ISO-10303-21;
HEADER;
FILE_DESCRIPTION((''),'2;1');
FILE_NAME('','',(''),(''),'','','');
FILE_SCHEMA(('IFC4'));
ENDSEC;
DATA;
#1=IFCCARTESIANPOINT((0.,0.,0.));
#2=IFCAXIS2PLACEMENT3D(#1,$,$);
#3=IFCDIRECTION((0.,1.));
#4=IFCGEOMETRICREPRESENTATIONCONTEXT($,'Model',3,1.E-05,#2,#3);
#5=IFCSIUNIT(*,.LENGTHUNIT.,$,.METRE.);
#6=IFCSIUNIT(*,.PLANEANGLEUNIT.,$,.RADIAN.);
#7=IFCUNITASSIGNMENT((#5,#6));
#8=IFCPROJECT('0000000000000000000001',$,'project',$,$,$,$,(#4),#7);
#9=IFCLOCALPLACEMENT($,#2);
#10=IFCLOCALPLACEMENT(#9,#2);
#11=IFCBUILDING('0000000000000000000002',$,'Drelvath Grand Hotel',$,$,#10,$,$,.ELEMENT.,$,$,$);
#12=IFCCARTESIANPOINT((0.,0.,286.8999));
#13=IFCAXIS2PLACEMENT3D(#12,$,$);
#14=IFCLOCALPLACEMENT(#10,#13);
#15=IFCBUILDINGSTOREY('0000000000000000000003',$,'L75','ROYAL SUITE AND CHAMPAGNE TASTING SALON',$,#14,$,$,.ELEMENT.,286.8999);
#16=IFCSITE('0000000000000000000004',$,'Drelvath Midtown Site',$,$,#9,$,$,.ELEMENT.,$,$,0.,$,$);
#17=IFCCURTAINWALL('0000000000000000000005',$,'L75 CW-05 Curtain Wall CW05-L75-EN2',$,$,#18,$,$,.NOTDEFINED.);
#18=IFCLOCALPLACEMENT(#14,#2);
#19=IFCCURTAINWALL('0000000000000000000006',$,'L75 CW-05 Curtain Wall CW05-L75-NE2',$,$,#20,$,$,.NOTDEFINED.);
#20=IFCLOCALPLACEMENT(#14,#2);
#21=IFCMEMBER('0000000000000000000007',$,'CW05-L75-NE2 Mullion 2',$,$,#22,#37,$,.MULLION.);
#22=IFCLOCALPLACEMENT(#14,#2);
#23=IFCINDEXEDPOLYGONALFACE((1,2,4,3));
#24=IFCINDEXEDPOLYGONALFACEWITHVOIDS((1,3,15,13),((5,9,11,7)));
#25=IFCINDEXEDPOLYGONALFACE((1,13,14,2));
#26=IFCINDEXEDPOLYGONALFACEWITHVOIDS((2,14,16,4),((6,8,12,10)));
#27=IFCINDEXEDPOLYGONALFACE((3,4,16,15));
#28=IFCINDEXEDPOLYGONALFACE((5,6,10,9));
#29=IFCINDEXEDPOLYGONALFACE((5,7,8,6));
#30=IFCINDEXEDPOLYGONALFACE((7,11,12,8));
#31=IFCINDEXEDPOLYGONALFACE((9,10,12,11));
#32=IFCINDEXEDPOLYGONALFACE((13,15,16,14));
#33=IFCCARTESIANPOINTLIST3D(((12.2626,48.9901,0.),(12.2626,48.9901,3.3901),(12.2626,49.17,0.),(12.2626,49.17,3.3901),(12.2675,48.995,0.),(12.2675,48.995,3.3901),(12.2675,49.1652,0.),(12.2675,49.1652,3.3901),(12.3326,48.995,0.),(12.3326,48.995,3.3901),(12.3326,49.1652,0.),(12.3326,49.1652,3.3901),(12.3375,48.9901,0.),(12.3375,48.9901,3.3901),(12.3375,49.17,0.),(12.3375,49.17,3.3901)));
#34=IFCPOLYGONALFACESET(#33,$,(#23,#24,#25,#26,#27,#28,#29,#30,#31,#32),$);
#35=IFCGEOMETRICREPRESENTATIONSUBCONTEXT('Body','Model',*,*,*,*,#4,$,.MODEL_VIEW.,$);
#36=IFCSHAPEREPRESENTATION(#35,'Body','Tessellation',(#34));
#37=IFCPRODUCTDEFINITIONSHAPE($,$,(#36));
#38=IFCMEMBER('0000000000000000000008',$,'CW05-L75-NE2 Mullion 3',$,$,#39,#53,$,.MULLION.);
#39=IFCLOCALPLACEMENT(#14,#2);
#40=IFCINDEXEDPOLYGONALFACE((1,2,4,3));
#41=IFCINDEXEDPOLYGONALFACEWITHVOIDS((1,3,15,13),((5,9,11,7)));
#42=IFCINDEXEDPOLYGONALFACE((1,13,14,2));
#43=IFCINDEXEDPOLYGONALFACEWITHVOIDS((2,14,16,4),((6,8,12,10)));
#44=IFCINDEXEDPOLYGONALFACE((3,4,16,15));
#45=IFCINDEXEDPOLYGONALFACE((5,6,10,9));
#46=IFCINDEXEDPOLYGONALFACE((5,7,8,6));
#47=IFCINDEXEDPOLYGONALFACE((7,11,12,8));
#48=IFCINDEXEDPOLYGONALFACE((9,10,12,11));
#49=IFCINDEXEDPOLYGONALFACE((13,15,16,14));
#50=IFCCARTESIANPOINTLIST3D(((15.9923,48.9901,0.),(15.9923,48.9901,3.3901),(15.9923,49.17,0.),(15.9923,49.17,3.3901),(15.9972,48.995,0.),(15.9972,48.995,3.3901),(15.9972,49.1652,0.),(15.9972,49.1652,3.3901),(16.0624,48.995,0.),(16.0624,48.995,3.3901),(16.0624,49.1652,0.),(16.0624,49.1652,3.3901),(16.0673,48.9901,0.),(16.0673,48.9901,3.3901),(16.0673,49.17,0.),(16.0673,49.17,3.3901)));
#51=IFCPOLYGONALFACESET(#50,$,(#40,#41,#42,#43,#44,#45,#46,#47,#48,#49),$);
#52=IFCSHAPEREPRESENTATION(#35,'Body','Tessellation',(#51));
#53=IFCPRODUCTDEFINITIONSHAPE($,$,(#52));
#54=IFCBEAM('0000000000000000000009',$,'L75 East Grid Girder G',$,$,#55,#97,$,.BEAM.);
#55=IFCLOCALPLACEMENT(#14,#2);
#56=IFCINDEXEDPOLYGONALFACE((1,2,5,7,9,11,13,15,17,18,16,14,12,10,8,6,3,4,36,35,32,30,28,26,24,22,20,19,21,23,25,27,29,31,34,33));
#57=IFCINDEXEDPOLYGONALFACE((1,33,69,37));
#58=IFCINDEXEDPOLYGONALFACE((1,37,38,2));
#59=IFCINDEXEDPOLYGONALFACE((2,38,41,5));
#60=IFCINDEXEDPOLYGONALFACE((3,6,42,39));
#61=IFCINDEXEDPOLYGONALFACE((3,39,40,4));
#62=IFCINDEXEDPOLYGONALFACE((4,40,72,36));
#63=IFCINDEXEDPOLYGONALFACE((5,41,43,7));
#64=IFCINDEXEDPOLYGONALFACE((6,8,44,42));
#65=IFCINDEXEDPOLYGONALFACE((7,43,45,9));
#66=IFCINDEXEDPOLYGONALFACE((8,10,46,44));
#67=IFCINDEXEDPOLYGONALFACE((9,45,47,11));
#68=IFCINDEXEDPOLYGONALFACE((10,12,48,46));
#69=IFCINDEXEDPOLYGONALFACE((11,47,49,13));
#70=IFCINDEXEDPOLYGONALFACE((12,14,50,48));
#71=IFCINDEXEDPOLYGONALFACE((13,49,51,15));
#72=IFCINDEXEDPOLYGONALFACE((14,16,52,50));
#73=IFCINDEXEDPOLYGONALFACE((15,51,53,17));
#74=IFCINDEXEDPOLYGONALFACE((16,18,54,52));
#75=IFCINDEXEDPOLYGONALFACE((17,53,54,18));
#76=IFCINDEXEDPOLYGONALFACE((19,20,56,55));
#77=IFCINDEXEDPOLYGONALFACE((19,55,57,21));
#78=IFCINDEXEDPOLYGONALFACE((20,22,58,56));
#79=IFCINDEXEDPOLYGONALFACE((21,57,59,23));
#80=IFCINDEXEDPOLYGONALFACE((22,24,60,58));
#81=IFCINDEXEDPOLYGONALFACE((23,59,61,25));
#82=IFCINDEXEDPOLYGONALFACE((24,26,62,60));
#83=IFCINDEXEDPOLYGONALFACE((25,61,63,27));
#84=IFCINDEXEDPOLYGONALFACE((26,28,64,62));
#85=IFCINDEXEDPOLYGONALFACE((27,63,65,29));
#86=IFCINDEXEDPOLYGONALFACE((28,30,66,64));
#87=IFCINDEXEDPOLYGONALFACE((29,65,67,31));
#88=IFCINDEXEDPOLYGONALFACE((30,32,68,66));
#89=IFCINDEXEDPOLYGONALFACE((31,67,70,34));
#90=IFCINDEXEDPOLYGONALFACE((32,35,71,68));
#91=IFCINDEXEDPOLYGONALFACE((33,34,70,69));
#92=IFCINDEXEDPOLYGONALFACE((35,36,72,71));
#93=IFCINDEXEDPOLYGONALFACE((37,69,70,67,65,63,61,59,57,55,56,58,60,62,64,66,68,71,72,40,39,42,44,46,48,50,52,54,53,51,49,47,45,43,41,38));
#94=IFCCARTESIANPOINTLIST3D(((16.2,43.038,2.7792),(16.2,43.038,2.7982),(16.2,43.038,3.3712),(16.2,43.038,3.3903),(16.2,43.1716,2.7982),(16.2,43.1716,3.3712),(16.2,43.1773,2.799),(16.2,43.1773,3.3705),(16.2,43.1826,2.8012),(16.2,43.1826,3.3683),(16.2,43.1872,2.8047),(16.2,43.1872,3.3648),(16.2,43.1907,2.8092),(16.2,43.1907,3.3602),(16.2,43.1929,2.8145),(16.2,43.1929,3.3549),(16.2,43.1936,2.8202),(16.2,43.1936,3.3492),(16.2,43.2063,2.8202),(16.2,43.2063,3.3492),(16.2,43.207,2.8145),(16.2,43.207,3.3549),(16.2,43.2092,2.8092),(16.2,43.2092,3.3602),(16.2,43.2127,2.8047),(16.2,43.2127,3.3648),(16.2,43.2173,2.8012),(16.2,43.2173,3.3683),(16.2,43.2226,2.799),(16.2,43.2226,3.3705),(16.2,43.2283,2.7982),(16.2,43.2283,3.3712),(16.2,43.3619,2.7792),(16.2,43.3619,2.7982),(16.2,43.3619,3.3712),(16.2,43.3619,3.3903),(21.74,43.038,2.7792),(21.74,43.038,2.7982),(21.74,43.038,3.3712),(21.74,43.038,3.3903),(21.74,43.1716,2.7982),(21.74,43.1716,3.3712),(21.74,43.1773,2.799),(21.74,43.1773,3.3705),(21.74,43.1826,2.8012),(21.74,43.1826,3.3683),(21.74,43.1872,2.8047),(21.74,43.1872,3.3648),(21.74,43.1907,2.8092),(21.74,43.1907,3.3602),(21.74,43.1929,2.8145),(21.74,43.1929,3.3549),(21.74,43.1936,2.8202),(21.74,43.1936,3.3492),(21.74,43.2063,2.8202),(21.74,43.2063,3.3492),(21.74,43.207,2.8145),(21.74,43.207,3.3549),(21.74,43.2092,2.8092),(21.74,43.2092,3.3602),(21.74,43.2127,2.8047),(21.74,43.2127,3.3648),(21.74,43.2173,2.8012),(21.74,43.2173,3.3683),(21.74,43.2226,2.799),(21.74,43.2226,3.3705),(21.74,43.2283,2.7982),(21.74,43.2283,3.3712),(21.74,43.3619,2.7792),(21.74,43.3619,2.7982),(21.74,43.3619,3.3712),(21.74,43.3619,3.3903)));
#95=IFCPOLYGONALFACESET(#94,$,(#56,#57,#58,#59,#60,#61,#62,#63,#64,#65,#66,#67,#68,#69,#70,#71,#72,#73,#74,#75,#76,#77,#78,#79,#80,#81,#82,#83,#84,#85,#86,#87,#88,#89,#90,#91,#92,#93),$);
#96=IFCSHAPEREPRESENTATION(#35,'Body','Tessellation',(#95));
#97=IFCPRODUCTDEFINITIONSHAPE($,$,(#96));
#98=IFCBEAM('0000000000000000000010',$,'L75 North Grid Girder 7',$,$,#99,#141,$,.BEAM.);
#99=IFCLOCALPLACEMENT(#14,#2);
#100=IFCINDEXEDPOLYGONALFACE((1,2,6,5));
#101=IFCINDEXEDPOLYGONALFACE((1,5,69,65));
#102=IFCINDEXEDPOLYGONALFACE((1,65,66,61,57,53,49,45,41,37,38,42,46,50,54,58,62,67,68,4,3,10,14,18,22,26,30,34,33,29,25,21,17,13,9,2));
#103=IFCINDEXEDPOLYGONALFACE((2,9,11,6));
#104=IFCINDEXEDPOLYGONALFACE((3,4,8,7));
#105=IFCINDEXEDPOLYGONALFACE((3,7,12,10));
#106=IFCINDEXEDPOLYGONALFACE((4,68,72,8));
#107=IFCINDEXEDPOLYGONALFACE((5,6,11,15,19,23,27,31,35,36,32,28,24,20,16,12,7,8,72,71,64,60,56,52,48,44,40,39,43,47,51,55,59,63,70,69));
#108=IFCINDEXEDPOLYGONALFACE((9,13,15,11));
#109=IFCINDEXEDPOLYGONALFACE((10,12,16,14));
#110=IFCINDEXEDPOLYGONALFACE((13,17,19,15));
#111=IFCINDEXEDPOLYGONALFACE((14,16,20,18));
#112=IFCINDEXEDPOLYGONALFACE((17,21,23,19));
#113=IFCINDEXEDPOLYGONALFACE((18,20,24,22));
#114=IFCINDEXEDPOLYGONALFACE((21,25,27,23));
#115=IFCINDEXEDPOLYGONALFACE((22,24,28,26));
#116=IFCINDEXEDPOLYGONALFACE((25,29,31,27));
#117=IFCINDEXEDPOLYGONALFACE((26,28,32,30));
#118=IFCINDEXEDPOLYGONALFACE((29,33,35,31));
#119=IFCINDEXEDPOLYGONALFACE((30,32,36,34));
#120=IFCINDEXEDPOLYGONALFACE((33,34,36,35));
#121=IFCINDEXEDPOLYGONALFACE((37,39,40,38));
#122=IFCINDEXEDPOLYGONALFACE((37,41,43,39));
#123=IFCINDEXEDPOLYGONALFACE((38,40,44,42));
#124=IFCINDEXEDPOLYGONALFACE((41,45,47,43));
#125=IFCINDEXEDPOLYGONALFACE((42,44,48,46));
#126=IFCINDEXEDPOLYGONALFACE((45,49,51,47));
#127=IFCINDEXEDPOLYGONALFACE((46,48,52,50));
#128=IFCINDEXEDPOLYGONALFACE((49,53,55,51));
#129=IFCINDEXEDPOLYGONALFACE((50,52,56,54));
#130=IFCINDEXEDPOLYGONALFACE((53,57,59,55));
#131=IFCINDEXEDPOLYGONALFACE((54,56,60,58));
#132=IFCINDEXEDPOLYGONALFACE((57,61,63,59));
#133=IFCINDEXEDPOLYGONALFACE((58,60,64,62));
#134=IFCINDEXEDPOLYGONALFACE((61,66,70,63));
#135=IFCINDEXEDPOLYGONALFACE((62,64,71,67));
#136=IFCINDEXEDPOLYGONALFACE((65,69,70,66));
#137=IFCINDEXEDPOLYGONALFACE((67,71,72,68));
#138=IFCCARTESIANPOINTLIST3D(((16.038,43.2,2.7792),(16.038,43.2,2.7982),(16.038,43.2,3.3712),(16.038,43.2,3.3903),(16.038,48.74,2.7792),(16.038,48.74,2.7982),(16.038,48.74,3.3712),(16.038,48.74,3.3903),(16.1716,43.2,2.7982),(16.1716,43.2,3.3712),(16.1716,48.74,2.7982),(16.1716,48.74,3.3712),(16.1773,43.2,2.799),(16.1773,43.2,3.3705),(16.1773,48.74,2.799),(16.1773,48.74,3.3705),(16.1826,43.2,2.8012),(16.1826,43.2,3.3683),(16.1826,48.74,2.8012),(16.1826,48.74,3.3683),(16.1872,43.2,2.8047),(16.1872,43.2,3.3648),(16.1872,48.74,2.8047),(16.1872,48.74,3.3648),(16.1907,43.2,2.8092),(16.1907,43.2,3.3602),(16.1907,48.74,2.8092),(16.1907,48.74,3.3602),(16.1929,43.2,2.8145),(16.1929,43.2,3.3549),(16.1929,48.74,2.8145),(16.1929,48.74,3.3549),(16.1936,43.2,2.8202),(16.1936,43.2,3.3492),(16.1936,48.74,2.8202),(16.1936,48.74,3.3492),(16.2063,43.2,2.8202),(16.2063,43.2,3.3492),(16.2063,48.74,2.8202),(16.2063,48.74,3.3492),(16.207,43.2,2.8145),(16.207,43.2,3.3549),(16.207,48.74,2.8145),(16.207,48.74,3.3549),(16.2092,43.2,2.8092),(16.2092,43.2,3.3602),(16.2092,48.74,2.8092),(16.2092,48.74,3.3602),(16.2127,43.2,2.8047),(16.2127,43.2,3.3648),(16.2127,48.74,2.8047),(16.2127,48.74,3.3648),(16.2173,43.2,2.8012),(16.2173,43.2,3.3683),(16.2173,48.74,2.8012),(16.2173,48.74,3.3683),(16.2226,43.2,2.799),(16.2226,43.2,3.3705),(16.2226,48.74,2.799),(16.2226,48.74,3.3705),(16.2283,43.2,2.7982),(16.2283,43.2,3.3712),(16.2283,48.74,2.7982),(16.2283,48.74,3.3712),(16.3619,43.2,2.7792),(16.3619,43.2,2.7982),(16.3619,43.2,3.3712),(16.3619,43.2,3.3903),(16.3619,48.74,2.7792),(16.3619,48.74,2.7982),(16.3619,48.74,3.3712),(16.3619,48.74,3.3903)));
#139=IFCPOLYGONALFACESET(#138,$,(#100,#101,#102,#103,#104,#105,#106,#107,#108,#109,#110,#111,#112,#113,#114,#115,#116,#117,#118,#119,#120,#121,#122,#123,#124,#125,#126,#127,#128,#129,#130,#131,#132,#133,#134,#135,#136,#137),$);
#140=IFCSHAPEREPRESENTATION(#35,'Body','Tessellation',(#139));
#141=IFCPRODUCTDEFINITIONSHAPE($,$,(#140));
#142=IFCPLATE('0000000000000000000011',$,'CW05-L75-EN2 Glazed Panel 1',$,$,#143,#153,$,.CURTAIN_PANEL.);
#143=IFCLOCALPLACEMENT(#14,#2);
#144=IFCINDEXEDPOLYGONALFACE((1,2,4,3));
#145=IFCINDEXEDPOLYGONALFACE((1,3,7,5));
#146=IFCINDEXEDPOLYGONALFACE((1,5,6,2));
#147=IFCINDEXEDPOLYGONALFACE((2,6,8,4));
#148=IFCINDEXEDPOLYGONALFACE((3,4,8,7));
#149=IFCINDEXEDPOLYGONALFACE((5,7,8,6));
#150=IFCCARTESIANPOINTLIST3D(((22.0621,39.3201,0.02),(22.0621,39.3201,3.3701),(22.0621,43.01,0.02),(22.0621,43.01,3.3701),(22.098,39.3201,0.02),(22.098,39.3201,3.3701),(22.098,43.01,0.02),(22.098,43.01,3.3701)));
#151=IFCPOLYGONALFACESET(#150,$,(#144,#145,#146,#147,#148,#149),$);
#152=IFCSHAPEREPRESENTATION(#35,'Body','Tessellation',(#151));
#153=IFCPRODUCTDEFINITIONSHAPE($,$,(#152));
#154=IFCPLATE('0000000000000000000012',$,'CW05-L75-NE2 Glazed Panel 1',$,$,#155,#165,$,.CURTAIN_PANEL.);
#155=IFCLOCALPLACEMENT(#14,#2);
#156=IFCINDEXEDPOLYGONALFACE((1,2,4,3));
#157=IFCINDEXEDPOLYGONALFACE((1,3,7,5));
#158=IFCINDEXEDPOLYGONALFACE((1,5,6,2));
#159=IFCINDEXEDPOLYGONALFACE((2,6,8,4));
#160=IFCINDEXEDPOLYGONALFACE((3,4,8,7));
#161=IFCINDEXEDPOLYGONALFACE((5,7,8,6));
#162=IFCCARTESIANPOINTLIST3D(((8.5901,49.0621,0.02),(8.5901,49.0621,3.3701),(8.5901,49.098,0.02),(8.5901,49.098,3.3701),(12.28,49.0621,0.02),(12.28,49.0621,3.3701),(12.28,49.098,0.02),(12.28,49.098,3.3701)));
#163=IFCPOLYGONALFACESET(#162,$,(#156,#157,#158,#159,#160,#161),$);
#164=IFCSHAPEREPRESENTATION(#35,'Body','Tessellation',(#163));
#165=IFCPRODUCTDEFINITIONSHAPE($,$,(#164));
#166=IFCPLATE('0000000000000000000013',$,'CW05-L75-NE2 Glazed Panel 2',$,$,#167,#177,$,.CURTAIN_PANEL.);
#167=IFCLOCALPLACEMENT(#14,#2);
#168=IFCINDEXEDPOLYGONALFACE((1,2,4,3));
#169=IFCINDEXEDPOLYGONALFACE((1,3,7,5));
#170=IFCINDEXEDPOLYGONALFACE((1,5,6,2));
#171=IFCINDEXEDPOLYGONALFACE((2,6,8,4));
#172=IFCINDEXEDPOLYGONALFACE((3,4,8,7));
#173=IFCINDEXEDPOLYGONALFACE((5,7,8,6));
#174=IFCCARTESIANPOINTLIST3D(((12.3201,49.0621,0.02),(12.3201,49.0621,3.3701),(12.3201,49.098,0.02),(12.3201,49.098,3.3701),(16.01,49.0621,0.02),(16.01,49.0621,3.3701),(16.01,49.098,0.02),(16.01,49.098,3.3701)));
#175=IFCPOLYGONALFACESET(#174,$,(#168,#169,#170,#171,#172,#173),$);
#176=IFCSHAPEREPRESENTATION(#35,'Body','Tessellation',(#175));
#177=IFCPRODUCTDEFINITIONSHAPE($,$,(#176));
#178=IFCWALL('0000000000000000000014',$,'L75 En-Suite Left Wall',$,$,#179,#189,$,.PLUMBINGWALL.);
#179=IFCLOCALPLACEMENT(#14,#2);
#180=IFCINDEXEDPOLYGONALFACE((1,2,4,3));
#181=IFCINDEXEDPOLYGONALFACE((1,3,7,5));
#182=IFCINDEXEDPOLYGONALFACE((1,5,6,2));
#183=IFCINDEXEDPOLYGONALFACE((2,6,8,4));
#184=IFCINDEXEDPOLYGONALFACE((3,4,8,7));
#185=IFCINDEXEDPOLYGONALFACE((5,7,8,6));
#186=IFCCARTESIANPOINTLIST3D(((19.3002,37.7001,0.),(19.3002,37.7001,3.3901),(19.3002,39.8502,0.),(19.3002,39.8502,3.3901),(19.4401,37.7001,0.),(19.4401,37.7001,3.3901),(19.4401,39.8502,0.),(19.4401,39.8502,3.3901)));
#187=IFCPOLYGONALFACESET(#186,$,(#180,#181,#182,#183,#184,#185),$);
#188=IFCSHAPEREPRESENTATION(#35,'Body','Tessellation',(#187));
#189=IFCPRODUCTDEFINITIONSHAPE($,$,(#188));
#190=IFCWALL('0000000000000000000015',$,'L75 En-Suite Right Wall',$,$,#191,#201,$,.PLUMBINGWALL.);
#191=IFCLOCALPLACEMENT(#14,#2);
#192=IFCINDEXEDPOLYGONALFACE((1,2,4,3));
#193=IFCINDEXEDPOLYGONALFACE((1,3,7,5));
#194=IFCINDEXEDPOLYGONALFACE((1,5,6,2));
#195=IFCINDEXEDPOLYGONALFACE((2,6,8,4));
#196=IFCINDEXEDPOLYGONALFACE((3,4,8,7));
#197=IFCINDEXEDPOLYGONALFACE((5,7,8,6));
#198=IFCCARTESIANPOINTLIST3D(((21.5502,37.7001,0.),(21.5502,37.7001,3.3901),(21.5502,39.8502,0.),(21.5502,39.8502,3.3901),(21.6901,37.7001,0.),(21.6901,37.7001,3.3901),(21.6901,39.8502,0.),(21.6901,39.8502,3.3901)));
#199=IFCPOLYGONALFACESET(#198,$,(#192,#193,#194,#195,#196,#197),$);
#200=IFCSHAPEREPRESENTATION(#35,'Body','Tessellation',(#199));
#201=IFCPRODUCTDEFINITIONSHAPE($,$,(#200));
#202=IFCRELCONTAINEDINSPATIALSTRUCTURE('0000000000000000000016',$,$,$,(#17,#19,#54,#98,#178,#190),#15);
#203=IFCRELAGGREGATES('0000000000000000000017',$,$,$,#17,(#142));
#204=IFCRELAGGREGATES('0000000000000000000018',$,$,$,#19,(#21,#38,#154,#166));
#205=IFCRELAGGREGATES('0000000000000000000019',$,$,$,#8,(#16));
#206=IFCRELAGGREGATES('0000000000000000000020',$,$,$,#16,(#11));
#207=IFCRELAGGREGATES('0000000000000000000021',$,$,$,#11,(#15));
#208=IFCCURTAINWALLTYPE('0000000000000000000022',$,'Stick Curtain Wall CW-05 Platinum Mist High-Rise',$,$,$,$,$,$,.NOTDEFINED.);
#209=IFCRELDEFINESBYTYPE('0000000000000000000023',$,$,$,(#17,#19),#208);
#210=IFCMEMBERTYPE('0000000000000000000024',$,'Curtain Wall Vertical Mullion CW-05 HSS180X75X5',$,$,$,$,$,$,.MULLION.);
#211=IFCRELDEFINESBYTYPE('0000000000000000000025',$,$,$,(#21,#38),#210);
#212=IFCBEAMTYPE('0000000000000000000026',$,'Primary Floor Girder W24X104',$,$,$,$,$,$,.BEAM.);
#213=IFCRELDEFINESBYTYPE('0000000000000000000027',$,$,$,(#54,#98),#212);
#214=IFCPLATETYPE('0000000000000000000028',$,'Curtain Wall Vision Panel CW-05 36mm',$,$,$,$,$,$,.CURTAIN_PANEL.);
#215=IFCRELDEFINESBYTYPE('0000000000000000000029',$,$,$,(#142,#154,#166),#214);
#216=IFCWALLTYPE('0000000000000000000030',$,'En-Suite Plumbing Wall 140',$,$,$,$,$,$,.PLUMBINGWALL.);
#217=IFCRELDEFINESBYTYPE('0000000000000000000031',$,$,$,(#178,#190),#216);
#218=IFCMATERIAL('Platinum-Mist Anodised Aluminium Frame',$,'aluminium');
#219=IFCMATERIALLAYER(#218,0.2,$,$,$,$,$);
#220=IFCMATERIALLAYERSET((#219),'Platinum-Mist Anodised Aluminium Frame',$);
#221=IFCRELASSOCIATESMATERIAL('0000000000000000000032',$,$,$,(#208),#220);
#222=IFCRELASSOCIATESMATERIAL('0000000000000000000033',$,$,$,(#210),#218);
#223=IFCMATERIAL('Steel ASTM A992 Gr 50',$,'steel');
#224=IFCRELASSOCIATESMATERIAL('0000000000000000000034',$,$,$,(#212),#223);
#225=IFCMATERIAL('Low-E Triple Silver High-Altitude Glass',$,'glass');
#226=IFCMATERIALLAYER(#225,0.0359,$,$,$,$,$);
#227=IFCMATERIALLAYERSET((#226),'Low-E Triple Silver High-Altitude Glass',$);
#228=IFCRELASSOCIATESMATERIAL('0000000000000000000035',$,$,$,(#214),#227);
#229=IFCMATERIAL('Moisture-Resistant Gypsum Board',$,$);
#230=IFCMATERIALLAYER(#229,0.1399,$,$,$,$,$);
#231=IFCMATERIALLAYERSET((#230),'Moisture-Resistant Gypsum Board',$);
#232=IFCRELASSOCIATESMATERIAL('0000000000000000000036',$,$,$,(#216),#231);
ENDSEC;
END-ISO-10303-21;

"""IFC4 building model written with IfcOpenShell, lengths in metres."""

from ifc_helpers import new_model, si_unit, direction, frame, frame_2d, origin, origin_2d, place, context, subcontext, project, spatial, rectangle, hollow_rectangle, i_section, extrude, material, layer, layer_set, material_profile, profile_set, type_object, element, aggregate, save


model = new_model("IFC4")

# Units and contexts
model_context = context("Model", 3, precision=1e-05, world=origin(), true_north=direction((0.0, 1.0)))
body_context = subcontext(model_context, "Body", "Model", "MODEL_VIEW")
ifc_project = project(units=[si_unit("LENGTHUNIT", "METRE"), si_unit("PLANEANGLEUNIT", "RADIAN")], contexts=[model_context])

# Site, building, storey
site_placement = place(None, origin())
site = spatial("IfcSite", under=ifc_project, at=site_placement, Name="Drelvath Midtown Site", CompositionType="ELEMENT", RefElevation=0.0)
building_placement = place(site_placement, origin())
building = spatial("IfcBuilding", under=site, at=building_placement, Name="Drelvath Grand Hotel", CompositionType="ELEMENT")
storey_placement = place(building_placement, frame((0.0, 0.0, 286.8999)))
storey = spatial("IfcBuildingStorey", under=building, at=storey_placement, Name="L75", Description="ROYAL SUITE AND CHAMPAGNE TASTING SALON", CompositionType="ELEMENT", Elevation=286.8999)

# Curtain walls
ifc_material_1 = material(Name="Platinum-Mist Anodised Aluminium Frame", Category="aluminium")
ifc_layer_1 = layer(ifc_material_1, 0.2)
ifc_layer_set_1 = layer_set([ifc_layer_1], Name="Platinum-Mist Anodised Aluminium Frame")
curtain_wall_type = type_object("IfcCurtainWallType", Name="Stick Curtain Wall CW-05 Platinum Mist High-Rise", PredefinedType="NOTDEFINED", material=ifc_layer_set_1)
curtain_wall_1_placement = place(storey_placement, origin())
curtain_wall_1 = element("IfcCurtainWall", 1, at=curtain_wall_1_placement, inside=storey, type_object=curtain_wall_type, Name="L75 CW-05 Curtain Wall CW05-L75-EN2", PredefinedType="NOTDEFINED")
curtain_wall_2_placement = place(storey_placement, origin())
curtain_wall_2 = element("IfcCurtainWall", 2, at=curtain_wall_2_placement, inside=storey, type_object=curtain_wall_type, Name="L75 CW-05 Curtain Wall CW05-L75-NE2", PredefinedType="NOTDEFINED")

# Members
ifc_material_profile_1 = material_profile(ifc_material_1, hollow_rectangle(XDim=0.075, YDim=0.1799, WallThickness=0.0049, at=origin_2d()), Name="HSS180X75X5")
ifc_profile_set_1 = profile_set([ifc_material_profile_1], Name="Platinum-Mist Anodised Aluminium Frame")
member_type_1 = type_object("IfcMemberType", Name="Curtain Wall Vertical Mullion CW-05 HSS180X75X5", PredefinedType="MULLION", material=ifc_profile_set_1)
member_1_placement = place(storey_placement, frame((12.3, 49.0801, 0.0), z_axis=(0.0, 0.0, 1.0), x_axis=(1.0, 0.0, 0.0)))
member_1 = element("IfcMember", 3, at=member_1_placement, type_object=member_type_1, Name="CW05-L75-NE2 Mullion 2", PredefinedType="MULLION", context=body_context, shape_type="SweptSolid", body=[
    extrude(hollow_rectangle(XDim=0.075, YDim=0.1799, WallThickness=0.0049, at=origin_2d()), origin(), (0.0, 0.0, 1.0), 3.3901),
])
member_2_placement = place(storey_placement, frame((16.0298, 49.0801, 0.0), z_axis=(0.0, 0.0, 1.0), x_axis=(1.0, 0.0, 0.0)))
member_2 = element("IfcMember", 4, at=member_2_placement, type_object=member_type_1, Name="CW05-L75-NE2 Mullion 3", PredefinedType="MULLION", context=body_context, shape_type="SweptSolid", body=[
    extrude(hollow_rectangle(XDim=0.075, YDim=0.1799, WallThickness=0.0049, at=origin_2d()), origin(), (0.0, 0.0, 1.0), 3.3901),
])

# Beams
ifc_material_2 = material(Name="Steel ASTM A992 Gr 50", Category="steel")
ifc_material_profile_2 = material_profile(ifc_material_2, i_section(OverallWidth=0.324, OverallDepth=0.6111, WebThickness=0.0127, FlangeThickness=0.019, FilletRadius=0.022, at=origin_2d()), Name="W24X104")
ifc_profile_set_2 = profile_set([ifc_material_profile_2], Name="Steel ASTM A992 Gr 50")
beam_type = type_object("IfcBeamType", Name="Primary Floor Girder W24X104", PredefinedType="BEAM", material=ifc_profile_set_2)
for number, where, z_axis, x_axis, name in (
    (5, (16.2, 43.2, 3.0847), (1.0, 0.0, 0.0), (0.0, 1.0, 0.0), "L75 East Grid Girder G"),
    (6, (16.2, 43.2, 3.0847), (0.0, 1.0, 0.0), (-1.0, 0.0, 0.0), "L75 North Grid Girder 7"),
):
    element("IfcBeam", number, at=place(storey_placement, frame(where, z_axis=z_axis, x_axis=x_axis)), inside=storey, type_object=beam_type, Name=name, PredefinedType="BEAM", context=body_context, shape_type="SweptSolid", body=[
        extrude(i_section(OverallWidth=0.324, OverallDepth=0.6111, WebThickness=0.0127, FlangeThickness=0.019, FilletRadius=0.022, at=origin_2d()), origin(), (0.0, 0.0, 1.0), 5.54),
    ])

# Plates
ifc_material_3 = material(Name="Low-E Triple Silver High-Altitude Glass", Category="glass")
ifc_layer_2 = layer(ifc_material_3, 0.0359)
ifc_layer_set_2 = layer_set([ifc_layer_2], Name="Low-E Triple Silver High-Altitude Glass")
plate_type = type_object("IfcPlateType", Name="Curtain Wall Vision Panel CW-05 36mm", PredefinedType="CURTAIN_PANEL", material=ifc_layer_set_2)
plate_1_placement = place(storey_placement, frame((22.0801, 41.165, 0.02), z_axis=(0.0, 0.0, 1.0), x_axis=(0.0, -1.0, 0.0)))
plate_1 = element("IfcPlate", 7, at=plate_1_placement, type_object=plate_type, Name="CW05-L75-EN2 Glazed Panel 1", PredefinedType="CURTAIN_PANEL", context=body_context, shape_type="SweptSolid", body=[
    extrude(rectangle(XDim=3.6899, YDim=0.0359, at=origin_2d()), origin(), (0.0, 0.0, 1.0), 3.3501),
])
aggregate(curtain_wall_1, [plate_1])
plate_2_placement = place(storey_placement, frame((10.4351, 49.0801, 0.02), z_axis=(0.0, 0.0, 1.0), x_axis=(1.0, 0.0, 0.0)))
plate_2 = element("IfcPlate", 8, at=plate_2_placement, type_object=plate_type, Name="CW05-L75-NE2 Glazed Panel 1", PredefinedType="CURTAIN_PANEL", context=body_context, shape_type="SweptSolid", body=[
    extrude(rectangle(XDim=3.6899, YDim=0.0359, at=origin_2d()), origin(), (0.0, 0.0, 1.0), 3.3501),
])
plate_3_placement = place(storey_placement, frame((14.165, 49.0801, 0.02), z_axis=(0.0, 0.0, 1.0), x_axis=(1.0, 0.0, 0.0)))
plate_3 = element("IfcPlate", 9, at=plate_3_placement, type_object=plate_type, Name="CW05-L75-NE2 Glazed Panel 2", PredefinedType="CURTAIN_PANEL", context=body_context, shape_type="SweptSolid", body=[
    extrude(rectangle(XDim=3.6899, YDim=0.0359, at=origin_2d()), origin(), (0.0, 0.0, 1.0), 3.3501),
])
aggregate(curtain_wall_2, [member_1, member_2, plate_2, plate_3])

# Walls
ifc_material_4 = material(Name="Moisture-Resistant Gypsum Board")
ifc_layer_3 = layer(ifc_material_4, 0.1399)
ifc_layer_set_3 = layer_set([ifc_layer_3], Name="Moisture-Resistant Gypsum Board")
wall_type_1 = type_object("IfcWallType", Name="En-Suite Plumbing Wall 140", PredefinedType="PLUMBINGWALL", material=ifc_layer_set_3)
for number, where, z_axis, x_axis, name in (
    (10, (19.3701, 37.7, 0.0), (0.0, 0.0, 1.0), (0.0, 1.0, 0.0), "L75 En-Suite Left Wall"),
    (11, (21.6201, 37.7, 0.0), (0.0, 0.0, 1.0), (0.0, 1.0, 0.0), "L75 En-Suite Right Wall"),
):
    element("IfcWall", number, at=place(storey_placement, frame(where, z_axis=z_axis, x_axis=x_axis)), inside=storey, type_object=wall_type_1, Name=name, PredefinedType="PLUMBINGWALL", context=body_context, shape_type="SweptSolid", body=[
        extrude(rectangle(XDim=2.1501, YDim=0.1399, at=frame_2d((1.0752, 0.0))), origin(), (0.0, 0.0, 1.0), 3.3901),
    ])

save(model, "model.ifc")
